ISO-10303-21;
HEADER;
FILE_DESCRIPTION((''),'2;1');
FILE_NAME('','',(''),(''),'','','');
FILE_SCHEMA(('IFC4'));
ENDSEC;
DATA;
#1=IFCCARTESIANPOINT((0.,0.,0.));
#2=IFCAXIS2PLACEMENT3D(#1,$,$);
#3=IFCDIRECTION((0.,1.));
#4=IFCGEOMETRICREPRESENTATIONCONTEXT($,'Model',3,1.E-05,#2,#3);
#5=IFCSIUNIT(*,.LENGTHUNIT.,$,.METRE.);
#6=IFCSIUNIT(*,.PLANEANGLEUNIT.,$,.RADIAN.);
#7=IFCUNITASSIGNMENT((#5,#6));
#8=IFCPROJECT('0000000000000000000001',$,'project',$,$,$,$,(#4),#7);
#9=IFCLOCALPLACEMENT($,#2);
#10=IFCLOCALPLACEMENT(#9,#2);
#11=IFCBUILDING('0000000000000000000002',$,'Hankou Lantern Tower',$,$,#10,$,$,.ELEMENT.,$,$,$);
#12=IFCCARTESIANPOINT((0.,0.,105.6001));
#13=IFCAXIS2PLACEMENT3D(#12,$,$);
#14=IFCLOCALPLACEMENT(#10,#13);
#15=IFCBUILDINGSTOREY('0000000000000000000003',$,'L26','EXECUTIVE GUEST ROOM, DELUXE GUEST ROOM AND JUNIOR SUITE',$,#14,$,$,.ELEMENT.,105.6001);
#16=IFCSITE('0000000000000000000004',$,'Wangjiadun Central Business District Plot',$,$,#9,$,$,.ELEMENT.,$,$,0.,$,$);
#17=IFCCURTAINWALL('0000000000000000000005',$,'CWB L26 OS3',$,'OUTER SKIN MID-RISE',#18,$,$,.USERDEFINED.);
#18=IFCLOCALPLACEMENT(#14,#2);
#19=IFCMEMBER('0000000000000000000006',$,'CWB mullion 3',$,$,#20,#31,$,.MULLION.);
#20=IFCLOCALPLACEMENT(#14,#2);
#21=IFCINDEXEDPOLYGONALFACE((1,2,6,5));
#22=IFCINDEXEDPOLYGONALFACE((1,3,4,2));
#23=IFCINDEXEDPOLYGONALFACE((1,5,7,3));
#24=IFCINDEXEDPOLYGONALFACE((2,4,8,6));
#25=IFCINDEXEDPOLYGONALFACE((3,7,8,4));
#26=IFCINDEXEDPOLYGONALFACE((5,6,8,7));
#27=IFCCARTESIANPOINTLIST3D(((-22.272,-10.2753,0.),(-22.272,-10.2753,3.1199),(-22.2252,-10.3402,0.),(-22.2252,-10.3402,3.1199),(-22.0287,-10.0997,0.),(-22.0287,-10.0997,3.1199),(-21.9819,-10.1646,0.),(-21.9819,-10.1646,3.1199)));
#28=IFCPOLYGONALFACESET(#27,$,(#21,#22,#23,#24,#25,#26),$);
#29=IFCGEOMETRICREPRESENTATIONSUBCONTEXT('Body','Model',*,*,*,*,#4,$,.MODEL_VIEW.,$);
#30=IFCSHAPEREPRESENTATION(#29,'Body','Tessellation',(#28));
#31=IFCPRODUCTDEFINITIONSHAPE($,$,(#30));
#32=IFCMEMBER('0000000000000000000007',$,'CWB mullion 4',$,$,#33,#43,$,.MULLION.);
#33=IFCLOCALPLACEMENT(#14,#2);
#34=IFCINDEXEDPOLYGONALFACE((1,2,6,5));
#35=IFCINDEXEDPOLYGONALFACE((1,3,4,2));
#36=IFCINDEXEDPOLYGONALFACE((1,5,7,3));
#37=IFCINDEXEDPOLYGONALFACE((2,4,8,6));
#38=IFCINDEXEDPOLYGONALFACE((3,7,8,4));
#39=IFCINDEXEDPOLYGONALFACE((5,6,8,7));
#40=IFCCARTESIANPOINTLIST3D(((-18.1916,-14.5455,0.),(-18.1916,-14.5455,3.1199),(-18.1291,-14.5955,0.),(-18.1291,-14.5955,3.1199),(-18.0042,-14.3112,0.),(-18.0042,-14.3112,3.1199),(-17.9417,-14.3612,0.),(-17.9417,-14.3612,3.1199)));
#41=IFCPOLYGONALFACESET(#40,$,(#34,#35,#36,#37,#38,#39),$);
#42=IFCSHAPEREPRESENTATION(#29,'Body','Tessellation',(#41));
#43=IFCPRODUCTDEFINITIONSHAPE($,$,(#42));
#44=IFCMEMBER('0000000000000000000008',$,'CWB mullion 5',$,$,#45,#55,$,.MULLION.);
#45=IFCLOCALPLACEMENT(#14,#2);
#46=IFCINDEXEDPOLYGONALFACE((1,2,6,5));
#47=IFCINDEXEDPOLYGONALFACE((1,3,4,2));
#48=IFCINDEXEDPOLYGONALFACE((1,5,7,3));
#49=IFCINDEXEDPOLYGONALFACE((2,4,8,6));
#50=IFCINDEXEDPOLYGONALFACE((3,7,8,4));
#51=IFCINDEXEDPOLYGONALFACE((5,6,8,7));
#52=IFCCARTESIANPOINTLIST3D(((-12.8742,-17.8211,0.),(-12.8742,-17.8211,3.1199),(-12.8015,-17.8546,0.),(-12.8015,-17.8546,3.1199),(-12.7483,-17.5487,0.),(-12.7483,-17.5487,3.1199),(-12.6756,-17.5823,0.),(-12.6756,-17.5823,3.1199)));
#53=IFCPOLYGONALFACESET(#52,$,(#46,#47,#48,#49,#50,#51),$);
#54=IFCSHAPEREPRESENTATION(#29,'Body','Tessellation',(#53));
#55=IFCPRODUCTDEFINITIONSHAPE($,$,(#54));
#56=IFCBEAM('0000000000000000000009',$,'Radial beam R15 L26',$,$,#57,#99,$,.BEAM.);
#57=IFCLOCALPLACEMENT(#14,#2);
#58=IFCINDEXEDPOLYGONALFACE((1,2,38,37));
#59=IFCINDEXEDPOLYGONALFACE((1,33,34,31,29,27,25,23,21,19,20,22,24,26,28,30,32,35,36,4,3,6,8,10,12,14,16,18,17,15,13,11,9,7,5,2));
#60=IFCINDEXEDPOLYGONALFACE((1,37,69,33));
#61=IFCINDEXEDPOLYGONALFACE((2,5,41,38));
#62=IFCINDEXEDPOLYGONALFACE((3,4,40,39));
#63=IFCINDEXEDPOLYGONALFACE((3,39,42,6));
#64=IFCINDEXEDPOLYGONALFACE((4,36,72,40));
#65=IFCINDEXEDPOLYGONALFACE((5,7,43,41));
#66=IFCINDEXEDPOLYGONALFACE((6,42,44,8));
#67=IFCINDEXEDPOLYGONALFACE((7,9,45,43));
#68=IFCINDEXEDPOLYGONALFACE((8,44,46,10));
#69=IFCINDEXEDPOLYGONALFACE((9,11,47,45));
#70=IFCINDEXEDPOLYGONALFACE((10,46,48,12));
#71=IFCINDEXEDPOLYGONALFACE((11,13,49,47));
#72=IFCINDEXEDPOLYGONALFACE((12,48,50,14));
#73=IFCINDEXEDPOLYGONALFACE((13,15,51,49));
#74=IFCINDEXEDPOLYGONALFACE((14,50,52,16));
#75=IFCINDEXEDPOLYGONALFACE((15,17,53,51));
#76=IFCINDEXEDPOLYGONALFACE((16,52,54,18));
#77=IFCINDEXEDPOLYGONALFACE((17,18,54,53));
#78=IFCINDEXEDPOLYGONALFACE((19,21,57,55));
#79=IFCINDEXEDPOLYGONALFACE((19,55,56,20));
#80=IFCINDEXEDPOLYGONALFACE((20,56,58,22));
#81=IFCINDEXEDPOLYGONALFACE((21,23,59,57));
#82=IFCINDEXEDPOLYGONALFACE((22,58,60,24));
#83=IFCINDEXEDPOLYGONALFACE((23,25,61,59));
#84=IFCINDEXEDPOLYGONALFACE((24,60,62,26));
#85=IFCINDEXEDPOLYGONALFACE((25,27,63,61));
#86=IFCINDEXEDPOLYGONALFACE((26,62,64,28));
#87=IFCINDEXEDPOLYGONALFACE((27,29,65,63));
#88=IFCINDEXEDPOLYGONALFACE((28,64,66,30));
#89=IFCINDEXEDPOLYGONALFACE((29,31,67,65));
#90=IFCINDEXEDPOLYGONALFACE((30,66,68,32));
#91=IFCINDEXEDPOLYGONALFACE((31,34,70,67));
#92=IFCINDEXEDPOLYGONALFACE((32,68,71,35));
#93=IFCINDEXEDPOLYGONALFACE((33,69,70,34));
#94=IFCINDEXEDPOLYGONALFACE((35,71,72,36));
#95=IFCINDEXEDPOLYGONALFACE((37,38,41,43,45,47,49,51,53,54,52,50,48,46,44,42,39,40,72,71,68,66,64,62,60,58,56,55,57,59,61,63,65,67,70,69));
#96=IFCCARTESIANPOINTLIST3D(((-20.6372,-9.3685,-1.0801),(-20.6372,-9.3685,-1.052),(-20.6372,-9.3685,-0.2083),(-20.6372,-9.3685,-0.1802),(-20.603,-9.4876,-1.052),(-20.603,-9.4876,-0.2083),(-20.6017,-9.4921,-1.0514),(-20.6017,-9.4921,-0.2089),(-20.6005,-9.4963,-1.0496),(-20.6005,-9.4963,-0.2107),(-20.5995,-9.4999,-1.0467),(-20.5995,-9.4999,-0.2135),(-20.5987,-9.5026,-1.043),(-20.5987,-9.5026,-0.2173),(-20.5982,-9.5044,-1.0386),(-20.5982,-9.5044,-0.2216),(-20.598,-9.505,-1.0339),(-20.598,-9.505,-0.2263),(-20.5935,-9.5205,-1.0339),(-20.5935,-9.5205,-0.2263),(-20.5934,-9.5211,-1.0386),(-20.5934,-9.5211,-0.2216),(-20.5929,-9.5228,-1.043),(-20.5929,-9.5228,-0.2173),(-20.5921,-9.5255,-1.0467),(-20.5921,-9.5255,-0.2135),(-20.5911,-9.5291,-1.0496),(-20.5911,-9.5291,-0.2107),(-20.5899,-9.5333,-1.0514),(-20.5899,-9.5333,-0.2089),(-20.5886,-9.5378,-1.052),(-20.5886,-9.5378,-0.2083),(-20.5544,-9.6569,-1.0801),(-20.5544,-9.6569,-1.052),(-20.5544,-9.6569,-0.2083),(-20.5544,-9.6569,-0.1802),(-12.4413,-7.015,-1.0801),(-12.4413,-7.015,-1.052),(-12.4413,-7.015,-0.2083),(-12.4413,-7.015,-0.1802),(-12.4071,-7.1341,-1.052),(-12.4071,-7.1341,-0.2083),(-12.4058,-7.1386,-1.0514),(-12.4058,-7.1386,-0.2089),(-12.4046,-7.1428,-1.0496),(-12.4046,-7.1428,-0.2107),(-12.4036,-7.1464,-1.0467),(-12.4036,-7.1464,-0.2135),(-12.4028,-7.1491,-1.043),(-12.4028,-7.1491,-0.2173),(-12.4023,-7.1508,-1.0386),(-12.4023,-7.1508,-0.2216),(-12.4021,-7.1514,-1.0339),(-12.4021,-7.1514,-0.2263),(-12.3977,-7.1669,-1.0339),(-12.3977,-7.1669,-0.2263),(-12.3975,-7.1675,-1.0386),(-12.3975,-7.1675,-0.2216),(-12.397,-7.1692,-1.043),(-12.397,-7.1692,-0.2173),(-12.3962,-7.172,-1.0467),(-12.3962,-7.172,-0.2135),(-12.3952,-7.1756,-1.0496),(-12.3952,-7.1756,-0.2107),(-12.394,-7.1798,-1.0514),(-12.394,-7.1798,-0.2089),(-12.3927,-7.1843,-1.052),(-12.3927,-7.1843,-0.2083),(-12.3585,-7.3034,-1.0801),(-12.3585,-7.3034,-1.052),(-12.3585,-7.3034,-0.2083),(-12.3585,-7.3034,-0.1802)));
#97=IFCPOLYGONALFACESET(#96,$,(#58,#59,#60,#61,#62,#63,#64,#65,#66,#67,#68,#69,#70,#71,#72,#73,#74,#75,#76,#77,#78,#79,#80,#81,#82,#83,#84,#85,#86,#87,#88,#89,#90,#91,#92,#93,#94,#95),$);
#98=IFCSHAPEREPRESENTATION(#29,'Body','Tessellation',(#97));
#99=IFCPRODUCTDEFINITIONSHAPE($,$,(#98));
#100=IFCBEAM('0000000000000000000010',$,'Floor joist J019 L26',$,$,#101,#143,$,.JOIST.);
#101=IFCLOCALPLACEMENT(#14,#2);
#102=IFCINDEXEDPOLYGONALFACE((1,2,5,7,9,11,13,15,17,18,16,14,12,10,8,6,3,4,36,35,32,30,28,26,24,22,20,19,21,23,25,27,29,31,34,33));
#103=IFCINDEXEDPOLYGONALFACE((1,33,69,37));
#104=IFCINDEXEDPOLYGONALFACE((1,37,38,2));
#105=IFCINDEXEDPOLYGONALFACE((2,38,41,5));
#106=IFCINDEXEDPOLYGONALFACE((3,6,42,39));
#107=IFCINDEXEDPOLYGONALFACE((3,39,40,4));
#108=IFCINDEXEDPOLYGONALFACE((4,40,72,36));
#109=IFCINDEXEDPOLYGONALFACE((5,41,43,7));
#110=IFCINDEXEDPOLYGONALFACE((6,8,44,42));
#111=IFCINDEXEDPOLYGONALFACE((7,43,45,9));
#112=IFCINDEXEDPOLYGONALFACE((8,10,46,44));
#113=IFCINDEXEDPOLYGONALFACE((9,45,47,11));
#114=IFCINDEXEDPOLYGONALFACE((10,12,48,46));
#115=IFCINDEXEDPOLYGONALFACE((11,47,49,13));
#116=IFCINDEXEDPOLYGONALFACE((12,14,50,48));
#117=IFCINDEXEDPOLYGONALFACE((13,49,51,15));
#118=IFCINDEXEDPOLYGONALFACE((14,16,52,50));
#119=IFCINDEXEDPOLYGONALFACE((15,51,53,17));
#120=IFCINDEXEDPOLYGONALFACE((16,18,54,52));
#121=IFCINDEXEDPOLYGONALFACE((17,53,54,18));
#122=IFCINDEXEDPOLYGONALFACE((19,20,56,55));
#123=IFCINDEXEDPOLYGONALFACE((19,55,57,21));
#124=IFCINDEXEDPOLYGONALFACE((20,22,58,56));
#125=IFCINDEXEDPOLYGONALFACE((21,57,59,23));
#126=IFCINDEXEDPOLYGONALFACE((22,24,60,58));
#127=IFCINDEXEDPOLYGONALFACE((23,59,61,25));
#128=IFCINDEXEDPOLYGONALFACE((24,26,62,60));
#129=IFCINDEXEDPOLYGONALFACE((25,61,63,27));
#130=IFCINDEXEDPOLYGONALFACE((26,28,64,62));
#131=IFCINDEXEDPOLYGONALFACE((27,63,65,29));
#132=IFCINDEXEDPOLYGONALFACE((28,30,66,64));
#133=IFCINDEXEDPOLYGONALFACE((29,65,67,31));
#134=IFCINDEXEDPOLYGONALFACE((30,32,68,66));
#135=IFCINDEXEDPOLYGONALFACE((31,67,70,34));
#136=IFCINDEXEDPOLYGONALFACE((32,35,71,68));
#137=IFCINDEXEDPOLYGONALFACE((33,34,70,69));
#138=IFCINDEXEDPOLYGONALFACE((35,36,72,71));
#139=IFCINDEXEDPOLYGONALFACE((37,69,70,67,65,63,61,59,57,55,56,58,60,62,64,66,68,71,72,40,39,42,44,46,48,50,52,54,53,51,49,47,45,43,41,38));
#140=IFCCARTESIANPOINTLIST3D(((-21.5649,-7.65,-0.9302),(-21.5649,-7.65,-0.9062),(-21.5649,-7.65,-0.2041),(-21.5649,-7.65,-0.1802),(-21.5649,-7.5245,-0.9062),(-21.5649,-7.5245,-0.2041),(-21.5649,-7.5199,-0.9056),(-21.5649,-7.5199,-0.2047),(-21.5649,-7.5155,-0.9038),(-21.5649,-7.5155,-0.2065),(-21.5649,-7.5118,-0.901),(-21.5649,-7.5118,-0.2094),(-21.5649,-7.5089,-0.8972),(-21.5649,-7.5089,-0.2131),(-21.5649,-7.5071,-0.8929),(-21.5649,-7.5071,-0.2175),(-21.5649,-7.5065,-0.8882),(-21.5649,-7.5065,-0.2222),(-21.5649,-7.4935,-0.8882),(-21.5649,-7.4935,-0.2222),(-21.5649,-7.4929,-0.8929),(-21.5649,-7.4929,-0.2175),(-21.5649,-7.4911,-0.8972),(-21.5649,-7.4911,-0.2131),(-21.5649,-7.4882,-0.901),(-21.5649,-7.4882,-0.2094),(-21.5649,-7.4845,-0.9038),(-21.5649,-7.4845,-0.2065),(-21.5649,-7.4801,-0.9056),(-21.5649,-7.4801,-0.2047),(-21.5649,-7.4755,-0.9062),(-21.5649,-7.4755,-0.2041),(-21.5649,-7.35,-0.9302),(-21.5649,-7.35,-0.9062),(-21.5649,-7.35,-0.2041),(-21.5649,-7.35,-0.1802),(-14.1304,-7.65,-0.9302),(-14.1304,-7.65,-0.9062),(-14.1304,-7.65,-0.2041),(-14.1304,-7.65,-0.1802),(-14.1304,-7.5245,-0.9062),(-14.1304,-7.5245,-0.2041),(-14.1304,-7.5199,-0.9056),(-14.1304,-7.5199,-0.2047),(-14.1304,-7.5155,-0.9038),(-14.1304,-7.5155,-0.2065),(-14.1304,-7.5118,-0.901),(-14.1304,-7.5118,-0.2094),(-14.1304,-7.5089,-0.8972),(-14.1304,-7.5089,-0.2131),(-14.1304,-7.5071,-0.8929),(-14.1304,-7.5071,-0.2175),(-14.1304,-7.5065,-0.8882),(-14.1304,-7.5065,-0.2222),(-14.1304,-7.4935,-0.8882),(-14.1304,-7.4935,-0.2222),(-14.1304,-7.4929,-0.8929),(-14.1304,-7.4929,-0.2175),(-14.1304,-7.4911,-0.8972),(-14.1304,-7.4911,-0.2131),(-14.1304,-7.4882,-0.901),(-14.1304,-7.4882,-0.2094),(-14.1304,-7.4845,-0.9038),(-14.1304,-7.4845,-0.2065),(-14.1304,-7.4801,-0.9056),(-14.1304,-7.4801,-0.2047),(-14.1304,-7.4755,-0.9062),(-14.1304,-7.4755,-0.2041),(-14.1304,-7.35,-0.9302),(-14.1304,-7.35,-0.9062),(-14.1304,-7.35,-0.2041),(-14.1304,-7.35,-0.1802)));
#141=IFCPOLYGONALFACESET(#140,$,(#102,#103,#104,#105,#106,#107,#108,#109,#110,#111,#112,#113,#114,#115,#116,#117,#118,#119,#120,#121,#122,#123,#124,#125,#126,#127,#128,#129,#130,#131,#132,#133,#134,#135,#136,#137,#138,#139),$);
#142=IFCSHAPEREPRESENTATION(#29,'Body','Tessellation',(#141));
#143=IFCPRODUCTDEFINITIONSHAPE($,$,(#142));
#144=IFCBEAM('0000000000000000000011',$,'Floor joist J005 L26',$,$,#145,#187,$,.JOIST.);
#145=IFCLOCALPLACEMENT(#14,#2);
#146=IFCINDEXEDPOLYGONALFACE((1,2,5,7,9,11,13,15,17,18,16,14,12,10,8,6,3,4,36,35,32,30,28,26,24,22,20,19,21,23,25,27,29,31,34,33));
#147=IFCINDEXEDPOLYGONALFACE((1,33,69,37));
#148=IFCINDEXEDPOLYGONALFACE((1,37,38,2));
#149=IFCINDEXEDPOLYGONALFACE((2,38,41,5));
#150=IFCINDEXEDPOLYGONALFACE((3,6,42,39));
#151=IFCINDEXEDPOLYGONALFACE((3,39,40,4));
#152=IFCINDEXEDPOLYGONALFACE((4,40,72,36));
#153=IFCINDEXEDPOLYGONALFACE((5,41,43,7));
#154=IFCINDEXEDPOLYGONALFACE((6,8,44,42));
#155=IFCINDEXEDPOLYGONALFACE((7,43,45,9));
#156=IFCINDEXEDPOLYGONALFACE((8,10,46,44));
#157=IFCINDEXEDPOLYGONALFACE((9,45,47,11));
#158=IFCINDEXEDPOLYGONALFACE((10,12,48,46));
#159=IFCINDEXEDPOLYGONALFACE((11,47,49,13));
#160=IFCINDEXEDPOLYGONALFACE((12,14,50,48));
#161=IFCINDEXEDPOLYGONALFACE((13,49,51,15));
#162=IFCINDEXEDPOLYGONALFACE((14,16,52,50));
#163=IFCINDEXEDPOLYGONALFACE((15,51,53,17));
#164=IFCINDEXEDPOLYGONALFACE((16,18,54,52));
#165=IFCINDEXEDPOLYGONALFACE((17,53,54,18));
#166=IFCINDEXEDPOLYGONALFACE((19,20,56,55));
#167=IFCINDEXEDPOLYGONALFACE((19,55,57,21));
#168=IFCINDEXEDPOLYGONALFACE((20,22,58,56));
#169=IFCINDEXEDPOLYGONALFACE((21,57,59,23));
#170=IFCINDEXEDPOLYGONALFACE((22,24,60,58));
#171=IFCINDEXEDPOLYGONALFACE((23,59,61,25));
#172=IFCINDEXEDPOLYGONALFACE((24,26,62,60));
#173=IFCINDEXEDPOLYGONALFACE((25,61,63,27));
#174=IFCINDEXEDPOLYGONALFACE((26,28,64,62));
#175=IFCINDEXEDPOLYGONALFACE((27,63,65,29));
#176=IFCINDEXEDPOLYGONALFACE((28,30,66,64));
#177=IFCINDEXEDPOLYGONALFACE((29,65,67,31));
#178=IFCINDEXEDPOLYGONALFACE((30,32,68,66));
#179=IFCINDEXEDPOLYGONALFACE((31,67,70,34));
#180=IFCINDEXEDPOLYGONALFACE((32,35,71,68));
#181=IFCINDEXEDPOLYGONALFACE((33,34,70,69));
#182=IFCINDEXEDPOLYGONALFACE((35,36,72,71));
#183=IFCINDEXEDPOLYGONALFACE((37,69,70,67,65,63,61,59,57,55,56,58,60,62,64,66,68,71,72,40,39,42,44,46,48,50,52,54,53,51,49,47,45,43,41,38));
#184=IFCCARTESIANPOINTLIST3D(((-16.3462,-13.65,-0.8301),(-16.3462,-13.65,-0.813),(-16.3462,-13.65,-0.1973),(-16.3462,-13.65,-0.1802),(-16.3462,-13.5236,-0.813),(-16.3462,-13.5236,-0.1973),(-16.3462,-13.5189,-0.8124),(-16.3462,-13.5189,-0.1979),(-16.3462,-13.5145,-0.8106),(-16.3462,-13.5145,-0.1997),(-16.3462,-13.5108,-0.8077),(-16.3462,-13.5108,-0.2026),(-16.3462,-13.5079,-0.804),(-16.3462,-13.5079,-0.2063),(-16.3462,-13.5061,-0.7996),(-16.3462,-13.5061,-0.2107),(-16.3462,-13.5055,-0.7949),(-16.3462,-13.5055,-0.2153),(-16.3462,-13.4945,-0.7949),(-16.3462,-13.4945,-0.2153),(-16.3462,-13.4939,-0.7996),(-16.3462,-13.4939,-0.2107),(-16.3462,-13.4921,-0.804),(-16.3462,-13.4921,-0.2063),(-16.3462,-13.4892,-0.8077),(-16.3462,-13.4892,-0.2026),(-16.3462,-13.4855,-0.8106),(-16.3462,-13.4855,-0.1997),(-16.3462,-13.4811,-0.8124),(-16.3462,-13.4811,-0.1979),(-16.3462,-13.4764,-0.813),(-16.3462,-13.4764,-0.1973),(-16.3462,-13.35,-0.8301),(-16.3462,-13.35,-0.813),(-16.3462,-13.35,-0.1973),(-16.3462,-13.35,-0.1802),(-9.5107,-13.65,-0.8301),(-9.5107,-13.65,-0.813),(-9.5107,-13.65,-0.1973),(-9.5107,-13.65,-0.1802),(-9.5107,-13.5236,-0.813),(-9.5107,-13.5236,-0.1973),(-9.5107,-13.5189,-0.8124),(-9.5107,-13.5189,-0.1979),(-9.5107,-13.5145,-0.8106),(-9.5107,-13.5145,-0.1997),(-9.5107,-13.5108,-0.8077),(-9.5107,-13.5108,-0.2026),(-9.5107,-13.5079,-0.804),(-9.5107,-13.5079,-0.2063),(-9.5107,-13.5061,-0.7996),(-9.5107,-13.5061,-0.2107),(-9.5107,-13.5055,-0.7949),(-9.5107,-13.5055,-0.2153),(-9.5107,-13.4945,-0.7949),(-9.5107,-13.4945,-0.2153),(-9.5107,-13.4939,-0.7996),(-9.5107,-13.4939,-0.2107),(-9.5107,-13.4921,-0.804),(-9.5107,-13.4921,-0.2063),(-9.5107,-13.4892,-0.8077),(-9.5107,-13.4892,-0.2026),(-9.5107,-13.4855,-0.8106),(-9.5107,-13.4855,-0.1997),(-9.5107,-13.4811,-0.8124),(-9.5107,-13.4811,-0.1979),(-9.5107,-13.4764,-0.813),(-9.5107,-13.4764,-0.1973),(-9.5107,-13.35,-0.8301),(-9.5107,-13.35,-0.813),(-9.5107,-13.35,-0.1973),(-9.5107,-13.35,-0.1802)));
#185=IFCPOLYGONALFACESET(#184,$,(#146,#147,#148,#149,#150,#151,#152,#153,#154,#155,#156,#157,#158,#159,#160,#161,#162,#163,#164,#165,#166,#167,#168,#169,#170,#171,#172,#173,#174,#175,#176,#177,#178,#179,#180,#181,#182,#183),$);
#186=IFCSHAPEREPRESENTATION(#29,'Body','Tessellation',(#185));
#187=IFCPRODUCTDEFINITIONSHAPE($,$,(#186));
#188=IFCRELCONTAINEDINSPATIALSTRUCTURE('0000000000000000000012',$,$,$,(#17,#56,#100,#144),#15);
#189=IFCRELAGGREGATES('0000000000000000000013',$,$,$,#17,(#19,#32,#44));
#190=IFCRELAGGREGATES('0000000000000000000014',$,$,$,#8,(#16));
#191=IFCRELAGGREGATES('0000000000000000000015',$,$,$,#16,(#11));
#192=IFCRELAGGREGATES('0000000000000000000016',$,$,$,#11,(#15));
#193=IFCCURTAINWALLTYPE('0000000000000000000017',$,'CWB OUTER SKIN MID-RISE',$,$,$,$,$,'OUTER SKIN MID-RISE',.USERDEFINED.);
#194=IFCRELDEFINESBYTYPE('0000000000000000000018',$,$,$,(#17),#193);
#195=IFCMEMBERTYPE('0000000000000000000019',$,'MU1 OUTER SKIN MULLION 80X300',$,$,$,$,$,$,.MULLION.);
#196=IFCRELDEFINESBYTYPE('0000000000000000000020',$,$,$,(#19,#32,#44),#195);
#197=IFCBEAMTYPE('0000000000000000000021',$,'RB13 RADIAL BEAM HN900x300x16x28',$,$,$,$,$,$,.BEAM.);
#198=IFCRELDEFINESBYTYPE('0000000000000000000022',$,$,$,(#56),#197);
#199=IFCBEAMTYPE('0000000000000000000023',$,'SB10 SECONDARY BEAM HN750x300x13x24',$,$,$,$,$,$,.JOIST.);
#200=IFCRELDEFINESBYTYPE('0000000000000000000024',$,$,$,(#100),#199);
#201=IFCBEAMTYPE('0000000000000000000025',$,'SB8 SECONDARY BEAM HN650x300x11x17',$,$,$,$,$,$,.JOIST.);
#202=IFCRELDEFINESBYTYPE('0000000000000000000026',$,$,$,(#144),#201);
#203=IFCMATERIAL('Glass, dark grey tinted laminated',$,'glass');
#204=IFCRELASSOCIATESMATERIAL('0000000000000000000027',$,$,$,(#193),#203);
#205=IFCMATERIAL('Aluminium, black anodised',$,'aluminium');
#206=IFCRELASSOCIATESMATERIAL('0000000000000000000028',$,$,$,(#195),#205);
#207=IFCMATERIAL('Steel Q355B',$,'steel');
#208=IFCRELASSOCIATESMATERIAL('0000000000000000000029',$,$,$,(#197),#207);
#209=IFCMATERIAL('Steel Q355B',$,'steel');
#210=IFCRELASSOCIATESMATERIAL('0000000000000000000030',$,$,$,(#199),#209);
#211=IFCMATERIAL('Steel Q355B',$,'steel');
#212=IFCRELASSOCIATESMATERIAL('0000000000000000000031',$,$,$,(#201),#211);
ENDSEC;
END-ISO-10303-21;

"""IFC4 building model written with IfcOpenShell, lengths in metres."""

from ifc_helpers import new_model, si_unit, direction, frame, origin, origin_2d, place, context, subcontext, project, spatial, rectangle, i_section, extrude, material, material_profile, profile_set, type_object, element, aggregate, save


model = new_model("IFC4")

# Units and contexts
model_context = context("Model", 3, precision=1e-05, world=origin(), true_north=direction((0.0, 1.0)))
body_context = subcontext(model_context, "Body", "Model", "MODEL_VIEW")
ifc_project = project(units=[si_unit("LENGTHUNIT", "METRE"), si_unit("PLANEANGLEUNIT", "RADIAN")], contexts=[model_context])

# Site, building, storey
site_placement = place(None, origin())
site = spatial("IfcSite", under=ifc_project, at=site_placement, Name="Wangjiadun Central Business District Plot", CompositionType="ELEMENT", RefElevation=0.0)
building_placement = place(site_placement, origin())
building = spatial("IfcBuilding", under=site, at=building_placement, Name="Hankou Lantern Tower", CompositionType="ELEMENT")
storey_placement = place(building_placement, frame((0.0, 0.0, 105.6001)))
storey = spatial("IfcBuildingStorey", under=building, at=storey_placement, Name="L26", Description="EXECUTIVE GUEST ROOM, DELUXE GUEST ROOM AND JUNIOR SUITE", CompositionType="ELEMENT", Elevation=105.6001)

# Curtain wall, members
ifc_material_1 = material(Name="Glass, dark grey tinted laminated", Category="glass")
curtain_wall_type = type_object("IfcCurtainWallType", Name="CWB OUTER SKIN MID-RISE", ElementType="OUTER SKIN MID-RISE", PredefinedType="USERDEFINED", material=ifc_material_1)
curtain_wall_placement = place(storey_placement, origin())
curtain_wall = element("IfcCurtainWall", 1, at=curtain_wall_placement, inside=storey, type_object=curtain_wall_type, Name="CWB L26 OS3", ObjectType="OUTER SKIN MID-RISE", PredefinedType="USERDEFINED")
ifc_material_2 = material(Name="Aluminium, black anodised", Category="aluminium")
ifc_material_profile_1 = material_profile(ifc_material_2, rectangle(XDim=0.0801, YDim=0.3, at=origin_2d()), Name="MU1 80X300")
ifc_profile_set_1 = profile_set([ifc_material_profile_1], Name="Aluminium, black anodised")
member_type_1 = type_object("IfcMemberType", Name="MU1 OUTER SKIN MULLION 80X300", PredefinedType="MULLION", material=ifc_profile_set_1)
member_1_placement = place(storey_placement, frame((-22.127, -10.22, 0.0), z_axis=(0.0, 0.0, 1.0), x_axis=(0.585206, -0.810885, 0.0)))
member_1 = element("IfcMember", 2, at=member_1_placement, type_object=member_type_1, Name="CWB mullion 3", PredefinedType="MULLION", context=body_context, shape_type="SweptSolid", body=[
    extrude(rectangle(XDim=0.0801, YDim=0.3, at=origin_2d()), origin(), (0.0, 0.0, 1.0), 3.1199),
])
member_2_placement = place(storey_placement, frame((-18.0667, -14.4534, 0.0), z_axis=(0.0, 0.0, 1.0), x_axis=(0.780869, -0.624695, 0.0)))
member_2 = element("IfcMember", 3, at=member_2_placement, type_object=member_type_1, Name="CWB mullion 4", PredefinedType="MULLION", context=body_context, shape_type="SweptSolid", body=[
    extrude(rectangle(XDim=0.0801, YDim=0.3, at=origin_2d()), origin(), (0.0, 0.0, 1.0), 3.1199),
])
member_3_placement = place(storey_placement, frame((-12.7749, -17.7017, 0.0), z_axis=(0.0, 0.0, 1.0), x_axis=(0.907841, -0.419314, 0.0)))
member_3 = element("IfcMember", 4, at=member_3_placement, type_object=member_type_1, Name="CWB mullion 5", PredefinedType="MULLION", context=body_context, shape_type="SweptSolid", body=[
    extrude(rectangle(XDim=0.0801, YDim=0.3, at=origin_2d()), origin(), (0.0, 0.0, 1.0), 3.1199),
])

# Beams
ifc_material_3 = material(Name="Steel Q355B", Category="steel")
ifc_material_profile_2 = material_profile(ifc_material_3, i_section(OverallWidth=0.3, OverallDepth=0.8999, WebThickness=0.0161, FlangeThickness=0.0281, FilletRadius=0.0181, at=origin_2d()), Name="HN900x300x16x28")
ifc_profile_set_2 = profile_set([ifc_material_profile_2], Name="Steel Q355B")
beam_type_1 = type_object("IfcBeamType", Name="RB13 RADIAL BEAM HN900x300x16x28", PredefinedType="BEAM", material=ifc_profile_set_2)
beam_1_placement = place(storey_placement, frame((-12.3999, -7.1592, -0.6301), z_axis=(-0.961156, -0.276007, 0.0), x_axis=(0.276007, -0.961156, 0.0)))
element("IfcBeam", 5, at=beam_1_placement, inside=storey, type_object=beam_type_1, Name="Radial beam R15 L26", PredefinedType="BEAM", context=body_context, shape_type="SweptSolid", body=[
    extrude(i_section(OverallWidth=0.3, OverallDepth=0.8999, WebThickness=0.0161, FlangeThickness=0.0281, FilletRadius=0.0181, at=origin_2d()), origin(), (0.0, 0.0, 1.0), 8.5271),
])
ifc_material_4 = material(Name="Steel Q355B", Category="steel")
ifc_material_profile_3 = material_profile(ifc_material_4, i_section(OverallWidth=0.3, OverallDepth=0.75, WebThickness=0.0129, FlangeThickness=0.0239, FilletRadius=0.0181, at=origin_2d()), Name="HN750x300x13x24")
ifc_profile_set_3 = profile_set([ifc_material_profile_3], Name="Steel Q355B")
beam_type_2 = type_object("IfcBeamType", Name="SB10 SECONDARY BEAM HN750x300x13x24", PredefinedType="JOIST", material=ifc_profile_set_3)
beam_2_placement = place(storey_placement, frame((-21.5649, -7.5, -0.5552), z_axis=(1.0, 0.0, 0.0), x_axis=(0.0, 1.0, 0.0)))
element("IfcBeam", 6, at=beam_2_placement, inside=storey, type_object=beam_type_2, Name="Floor joist J019 L26", PredefinedType="JOIST", context=body_context, shape_type="SweptSolid", body=[
    extrude(i_section(OverallWidth=0.3, OverallDepth=0.75, WebThickness=0.0129, FlangeThickness=0.0239, FilletRadius=0.0181, at=origin_2d()), origin(), (0.0, 0.0, 1.0), 7.4346),
])
ifc_material_5 = material(Name="Steel Q355B", Category="steel")
ifc_material_profile_4 = material_profile(ifc_material_5, i_section(OverallWidth=0.3, OverallDepth=0.6499, WebThickness=0.011, FlangeThickness=0.0171, FilletRadius=0.0181, at=origin_2d()), Name="HN650x300x11x17")
ifc_profile_set_4 = profile_set([ifc_material_profile_4], Name="Steel Q355B")
beam_type_3 = type_object("IfcBeamType", Name="SB8 SECONDARY BEAM HN650x300x11x17", PredefinedType="JOIST", material=ifc_profile_set_4)
beam_3_placement = place(storey_placement, frame((-16.3462, -13.5, -0.5051), z_axis=(1.0, 0.0, 0.0), x_axis=(0.0, 1.0, 0.0)))
element("IfcBeam", 7, at=beam_3_placement, inside=storey, type_object=beam_type_3, Name="Floor joist J005 L26", PredefinedType="JOIST", context=body_context, shape_type="SweptSolid", body=[
    extrude(i_section(OverallWidth=0.3, OverallDepth=0.6499, WebThickness=0.011, FlangeThickness=0.0171, FilletRadius=0.0181, at=origin_2d()), origin(), (0.0, 0.0, 1.0), 6.8354),
])

aggregate(curtain_wall, [member_1, member_2, member_3])

save(model, "model.ifc")
